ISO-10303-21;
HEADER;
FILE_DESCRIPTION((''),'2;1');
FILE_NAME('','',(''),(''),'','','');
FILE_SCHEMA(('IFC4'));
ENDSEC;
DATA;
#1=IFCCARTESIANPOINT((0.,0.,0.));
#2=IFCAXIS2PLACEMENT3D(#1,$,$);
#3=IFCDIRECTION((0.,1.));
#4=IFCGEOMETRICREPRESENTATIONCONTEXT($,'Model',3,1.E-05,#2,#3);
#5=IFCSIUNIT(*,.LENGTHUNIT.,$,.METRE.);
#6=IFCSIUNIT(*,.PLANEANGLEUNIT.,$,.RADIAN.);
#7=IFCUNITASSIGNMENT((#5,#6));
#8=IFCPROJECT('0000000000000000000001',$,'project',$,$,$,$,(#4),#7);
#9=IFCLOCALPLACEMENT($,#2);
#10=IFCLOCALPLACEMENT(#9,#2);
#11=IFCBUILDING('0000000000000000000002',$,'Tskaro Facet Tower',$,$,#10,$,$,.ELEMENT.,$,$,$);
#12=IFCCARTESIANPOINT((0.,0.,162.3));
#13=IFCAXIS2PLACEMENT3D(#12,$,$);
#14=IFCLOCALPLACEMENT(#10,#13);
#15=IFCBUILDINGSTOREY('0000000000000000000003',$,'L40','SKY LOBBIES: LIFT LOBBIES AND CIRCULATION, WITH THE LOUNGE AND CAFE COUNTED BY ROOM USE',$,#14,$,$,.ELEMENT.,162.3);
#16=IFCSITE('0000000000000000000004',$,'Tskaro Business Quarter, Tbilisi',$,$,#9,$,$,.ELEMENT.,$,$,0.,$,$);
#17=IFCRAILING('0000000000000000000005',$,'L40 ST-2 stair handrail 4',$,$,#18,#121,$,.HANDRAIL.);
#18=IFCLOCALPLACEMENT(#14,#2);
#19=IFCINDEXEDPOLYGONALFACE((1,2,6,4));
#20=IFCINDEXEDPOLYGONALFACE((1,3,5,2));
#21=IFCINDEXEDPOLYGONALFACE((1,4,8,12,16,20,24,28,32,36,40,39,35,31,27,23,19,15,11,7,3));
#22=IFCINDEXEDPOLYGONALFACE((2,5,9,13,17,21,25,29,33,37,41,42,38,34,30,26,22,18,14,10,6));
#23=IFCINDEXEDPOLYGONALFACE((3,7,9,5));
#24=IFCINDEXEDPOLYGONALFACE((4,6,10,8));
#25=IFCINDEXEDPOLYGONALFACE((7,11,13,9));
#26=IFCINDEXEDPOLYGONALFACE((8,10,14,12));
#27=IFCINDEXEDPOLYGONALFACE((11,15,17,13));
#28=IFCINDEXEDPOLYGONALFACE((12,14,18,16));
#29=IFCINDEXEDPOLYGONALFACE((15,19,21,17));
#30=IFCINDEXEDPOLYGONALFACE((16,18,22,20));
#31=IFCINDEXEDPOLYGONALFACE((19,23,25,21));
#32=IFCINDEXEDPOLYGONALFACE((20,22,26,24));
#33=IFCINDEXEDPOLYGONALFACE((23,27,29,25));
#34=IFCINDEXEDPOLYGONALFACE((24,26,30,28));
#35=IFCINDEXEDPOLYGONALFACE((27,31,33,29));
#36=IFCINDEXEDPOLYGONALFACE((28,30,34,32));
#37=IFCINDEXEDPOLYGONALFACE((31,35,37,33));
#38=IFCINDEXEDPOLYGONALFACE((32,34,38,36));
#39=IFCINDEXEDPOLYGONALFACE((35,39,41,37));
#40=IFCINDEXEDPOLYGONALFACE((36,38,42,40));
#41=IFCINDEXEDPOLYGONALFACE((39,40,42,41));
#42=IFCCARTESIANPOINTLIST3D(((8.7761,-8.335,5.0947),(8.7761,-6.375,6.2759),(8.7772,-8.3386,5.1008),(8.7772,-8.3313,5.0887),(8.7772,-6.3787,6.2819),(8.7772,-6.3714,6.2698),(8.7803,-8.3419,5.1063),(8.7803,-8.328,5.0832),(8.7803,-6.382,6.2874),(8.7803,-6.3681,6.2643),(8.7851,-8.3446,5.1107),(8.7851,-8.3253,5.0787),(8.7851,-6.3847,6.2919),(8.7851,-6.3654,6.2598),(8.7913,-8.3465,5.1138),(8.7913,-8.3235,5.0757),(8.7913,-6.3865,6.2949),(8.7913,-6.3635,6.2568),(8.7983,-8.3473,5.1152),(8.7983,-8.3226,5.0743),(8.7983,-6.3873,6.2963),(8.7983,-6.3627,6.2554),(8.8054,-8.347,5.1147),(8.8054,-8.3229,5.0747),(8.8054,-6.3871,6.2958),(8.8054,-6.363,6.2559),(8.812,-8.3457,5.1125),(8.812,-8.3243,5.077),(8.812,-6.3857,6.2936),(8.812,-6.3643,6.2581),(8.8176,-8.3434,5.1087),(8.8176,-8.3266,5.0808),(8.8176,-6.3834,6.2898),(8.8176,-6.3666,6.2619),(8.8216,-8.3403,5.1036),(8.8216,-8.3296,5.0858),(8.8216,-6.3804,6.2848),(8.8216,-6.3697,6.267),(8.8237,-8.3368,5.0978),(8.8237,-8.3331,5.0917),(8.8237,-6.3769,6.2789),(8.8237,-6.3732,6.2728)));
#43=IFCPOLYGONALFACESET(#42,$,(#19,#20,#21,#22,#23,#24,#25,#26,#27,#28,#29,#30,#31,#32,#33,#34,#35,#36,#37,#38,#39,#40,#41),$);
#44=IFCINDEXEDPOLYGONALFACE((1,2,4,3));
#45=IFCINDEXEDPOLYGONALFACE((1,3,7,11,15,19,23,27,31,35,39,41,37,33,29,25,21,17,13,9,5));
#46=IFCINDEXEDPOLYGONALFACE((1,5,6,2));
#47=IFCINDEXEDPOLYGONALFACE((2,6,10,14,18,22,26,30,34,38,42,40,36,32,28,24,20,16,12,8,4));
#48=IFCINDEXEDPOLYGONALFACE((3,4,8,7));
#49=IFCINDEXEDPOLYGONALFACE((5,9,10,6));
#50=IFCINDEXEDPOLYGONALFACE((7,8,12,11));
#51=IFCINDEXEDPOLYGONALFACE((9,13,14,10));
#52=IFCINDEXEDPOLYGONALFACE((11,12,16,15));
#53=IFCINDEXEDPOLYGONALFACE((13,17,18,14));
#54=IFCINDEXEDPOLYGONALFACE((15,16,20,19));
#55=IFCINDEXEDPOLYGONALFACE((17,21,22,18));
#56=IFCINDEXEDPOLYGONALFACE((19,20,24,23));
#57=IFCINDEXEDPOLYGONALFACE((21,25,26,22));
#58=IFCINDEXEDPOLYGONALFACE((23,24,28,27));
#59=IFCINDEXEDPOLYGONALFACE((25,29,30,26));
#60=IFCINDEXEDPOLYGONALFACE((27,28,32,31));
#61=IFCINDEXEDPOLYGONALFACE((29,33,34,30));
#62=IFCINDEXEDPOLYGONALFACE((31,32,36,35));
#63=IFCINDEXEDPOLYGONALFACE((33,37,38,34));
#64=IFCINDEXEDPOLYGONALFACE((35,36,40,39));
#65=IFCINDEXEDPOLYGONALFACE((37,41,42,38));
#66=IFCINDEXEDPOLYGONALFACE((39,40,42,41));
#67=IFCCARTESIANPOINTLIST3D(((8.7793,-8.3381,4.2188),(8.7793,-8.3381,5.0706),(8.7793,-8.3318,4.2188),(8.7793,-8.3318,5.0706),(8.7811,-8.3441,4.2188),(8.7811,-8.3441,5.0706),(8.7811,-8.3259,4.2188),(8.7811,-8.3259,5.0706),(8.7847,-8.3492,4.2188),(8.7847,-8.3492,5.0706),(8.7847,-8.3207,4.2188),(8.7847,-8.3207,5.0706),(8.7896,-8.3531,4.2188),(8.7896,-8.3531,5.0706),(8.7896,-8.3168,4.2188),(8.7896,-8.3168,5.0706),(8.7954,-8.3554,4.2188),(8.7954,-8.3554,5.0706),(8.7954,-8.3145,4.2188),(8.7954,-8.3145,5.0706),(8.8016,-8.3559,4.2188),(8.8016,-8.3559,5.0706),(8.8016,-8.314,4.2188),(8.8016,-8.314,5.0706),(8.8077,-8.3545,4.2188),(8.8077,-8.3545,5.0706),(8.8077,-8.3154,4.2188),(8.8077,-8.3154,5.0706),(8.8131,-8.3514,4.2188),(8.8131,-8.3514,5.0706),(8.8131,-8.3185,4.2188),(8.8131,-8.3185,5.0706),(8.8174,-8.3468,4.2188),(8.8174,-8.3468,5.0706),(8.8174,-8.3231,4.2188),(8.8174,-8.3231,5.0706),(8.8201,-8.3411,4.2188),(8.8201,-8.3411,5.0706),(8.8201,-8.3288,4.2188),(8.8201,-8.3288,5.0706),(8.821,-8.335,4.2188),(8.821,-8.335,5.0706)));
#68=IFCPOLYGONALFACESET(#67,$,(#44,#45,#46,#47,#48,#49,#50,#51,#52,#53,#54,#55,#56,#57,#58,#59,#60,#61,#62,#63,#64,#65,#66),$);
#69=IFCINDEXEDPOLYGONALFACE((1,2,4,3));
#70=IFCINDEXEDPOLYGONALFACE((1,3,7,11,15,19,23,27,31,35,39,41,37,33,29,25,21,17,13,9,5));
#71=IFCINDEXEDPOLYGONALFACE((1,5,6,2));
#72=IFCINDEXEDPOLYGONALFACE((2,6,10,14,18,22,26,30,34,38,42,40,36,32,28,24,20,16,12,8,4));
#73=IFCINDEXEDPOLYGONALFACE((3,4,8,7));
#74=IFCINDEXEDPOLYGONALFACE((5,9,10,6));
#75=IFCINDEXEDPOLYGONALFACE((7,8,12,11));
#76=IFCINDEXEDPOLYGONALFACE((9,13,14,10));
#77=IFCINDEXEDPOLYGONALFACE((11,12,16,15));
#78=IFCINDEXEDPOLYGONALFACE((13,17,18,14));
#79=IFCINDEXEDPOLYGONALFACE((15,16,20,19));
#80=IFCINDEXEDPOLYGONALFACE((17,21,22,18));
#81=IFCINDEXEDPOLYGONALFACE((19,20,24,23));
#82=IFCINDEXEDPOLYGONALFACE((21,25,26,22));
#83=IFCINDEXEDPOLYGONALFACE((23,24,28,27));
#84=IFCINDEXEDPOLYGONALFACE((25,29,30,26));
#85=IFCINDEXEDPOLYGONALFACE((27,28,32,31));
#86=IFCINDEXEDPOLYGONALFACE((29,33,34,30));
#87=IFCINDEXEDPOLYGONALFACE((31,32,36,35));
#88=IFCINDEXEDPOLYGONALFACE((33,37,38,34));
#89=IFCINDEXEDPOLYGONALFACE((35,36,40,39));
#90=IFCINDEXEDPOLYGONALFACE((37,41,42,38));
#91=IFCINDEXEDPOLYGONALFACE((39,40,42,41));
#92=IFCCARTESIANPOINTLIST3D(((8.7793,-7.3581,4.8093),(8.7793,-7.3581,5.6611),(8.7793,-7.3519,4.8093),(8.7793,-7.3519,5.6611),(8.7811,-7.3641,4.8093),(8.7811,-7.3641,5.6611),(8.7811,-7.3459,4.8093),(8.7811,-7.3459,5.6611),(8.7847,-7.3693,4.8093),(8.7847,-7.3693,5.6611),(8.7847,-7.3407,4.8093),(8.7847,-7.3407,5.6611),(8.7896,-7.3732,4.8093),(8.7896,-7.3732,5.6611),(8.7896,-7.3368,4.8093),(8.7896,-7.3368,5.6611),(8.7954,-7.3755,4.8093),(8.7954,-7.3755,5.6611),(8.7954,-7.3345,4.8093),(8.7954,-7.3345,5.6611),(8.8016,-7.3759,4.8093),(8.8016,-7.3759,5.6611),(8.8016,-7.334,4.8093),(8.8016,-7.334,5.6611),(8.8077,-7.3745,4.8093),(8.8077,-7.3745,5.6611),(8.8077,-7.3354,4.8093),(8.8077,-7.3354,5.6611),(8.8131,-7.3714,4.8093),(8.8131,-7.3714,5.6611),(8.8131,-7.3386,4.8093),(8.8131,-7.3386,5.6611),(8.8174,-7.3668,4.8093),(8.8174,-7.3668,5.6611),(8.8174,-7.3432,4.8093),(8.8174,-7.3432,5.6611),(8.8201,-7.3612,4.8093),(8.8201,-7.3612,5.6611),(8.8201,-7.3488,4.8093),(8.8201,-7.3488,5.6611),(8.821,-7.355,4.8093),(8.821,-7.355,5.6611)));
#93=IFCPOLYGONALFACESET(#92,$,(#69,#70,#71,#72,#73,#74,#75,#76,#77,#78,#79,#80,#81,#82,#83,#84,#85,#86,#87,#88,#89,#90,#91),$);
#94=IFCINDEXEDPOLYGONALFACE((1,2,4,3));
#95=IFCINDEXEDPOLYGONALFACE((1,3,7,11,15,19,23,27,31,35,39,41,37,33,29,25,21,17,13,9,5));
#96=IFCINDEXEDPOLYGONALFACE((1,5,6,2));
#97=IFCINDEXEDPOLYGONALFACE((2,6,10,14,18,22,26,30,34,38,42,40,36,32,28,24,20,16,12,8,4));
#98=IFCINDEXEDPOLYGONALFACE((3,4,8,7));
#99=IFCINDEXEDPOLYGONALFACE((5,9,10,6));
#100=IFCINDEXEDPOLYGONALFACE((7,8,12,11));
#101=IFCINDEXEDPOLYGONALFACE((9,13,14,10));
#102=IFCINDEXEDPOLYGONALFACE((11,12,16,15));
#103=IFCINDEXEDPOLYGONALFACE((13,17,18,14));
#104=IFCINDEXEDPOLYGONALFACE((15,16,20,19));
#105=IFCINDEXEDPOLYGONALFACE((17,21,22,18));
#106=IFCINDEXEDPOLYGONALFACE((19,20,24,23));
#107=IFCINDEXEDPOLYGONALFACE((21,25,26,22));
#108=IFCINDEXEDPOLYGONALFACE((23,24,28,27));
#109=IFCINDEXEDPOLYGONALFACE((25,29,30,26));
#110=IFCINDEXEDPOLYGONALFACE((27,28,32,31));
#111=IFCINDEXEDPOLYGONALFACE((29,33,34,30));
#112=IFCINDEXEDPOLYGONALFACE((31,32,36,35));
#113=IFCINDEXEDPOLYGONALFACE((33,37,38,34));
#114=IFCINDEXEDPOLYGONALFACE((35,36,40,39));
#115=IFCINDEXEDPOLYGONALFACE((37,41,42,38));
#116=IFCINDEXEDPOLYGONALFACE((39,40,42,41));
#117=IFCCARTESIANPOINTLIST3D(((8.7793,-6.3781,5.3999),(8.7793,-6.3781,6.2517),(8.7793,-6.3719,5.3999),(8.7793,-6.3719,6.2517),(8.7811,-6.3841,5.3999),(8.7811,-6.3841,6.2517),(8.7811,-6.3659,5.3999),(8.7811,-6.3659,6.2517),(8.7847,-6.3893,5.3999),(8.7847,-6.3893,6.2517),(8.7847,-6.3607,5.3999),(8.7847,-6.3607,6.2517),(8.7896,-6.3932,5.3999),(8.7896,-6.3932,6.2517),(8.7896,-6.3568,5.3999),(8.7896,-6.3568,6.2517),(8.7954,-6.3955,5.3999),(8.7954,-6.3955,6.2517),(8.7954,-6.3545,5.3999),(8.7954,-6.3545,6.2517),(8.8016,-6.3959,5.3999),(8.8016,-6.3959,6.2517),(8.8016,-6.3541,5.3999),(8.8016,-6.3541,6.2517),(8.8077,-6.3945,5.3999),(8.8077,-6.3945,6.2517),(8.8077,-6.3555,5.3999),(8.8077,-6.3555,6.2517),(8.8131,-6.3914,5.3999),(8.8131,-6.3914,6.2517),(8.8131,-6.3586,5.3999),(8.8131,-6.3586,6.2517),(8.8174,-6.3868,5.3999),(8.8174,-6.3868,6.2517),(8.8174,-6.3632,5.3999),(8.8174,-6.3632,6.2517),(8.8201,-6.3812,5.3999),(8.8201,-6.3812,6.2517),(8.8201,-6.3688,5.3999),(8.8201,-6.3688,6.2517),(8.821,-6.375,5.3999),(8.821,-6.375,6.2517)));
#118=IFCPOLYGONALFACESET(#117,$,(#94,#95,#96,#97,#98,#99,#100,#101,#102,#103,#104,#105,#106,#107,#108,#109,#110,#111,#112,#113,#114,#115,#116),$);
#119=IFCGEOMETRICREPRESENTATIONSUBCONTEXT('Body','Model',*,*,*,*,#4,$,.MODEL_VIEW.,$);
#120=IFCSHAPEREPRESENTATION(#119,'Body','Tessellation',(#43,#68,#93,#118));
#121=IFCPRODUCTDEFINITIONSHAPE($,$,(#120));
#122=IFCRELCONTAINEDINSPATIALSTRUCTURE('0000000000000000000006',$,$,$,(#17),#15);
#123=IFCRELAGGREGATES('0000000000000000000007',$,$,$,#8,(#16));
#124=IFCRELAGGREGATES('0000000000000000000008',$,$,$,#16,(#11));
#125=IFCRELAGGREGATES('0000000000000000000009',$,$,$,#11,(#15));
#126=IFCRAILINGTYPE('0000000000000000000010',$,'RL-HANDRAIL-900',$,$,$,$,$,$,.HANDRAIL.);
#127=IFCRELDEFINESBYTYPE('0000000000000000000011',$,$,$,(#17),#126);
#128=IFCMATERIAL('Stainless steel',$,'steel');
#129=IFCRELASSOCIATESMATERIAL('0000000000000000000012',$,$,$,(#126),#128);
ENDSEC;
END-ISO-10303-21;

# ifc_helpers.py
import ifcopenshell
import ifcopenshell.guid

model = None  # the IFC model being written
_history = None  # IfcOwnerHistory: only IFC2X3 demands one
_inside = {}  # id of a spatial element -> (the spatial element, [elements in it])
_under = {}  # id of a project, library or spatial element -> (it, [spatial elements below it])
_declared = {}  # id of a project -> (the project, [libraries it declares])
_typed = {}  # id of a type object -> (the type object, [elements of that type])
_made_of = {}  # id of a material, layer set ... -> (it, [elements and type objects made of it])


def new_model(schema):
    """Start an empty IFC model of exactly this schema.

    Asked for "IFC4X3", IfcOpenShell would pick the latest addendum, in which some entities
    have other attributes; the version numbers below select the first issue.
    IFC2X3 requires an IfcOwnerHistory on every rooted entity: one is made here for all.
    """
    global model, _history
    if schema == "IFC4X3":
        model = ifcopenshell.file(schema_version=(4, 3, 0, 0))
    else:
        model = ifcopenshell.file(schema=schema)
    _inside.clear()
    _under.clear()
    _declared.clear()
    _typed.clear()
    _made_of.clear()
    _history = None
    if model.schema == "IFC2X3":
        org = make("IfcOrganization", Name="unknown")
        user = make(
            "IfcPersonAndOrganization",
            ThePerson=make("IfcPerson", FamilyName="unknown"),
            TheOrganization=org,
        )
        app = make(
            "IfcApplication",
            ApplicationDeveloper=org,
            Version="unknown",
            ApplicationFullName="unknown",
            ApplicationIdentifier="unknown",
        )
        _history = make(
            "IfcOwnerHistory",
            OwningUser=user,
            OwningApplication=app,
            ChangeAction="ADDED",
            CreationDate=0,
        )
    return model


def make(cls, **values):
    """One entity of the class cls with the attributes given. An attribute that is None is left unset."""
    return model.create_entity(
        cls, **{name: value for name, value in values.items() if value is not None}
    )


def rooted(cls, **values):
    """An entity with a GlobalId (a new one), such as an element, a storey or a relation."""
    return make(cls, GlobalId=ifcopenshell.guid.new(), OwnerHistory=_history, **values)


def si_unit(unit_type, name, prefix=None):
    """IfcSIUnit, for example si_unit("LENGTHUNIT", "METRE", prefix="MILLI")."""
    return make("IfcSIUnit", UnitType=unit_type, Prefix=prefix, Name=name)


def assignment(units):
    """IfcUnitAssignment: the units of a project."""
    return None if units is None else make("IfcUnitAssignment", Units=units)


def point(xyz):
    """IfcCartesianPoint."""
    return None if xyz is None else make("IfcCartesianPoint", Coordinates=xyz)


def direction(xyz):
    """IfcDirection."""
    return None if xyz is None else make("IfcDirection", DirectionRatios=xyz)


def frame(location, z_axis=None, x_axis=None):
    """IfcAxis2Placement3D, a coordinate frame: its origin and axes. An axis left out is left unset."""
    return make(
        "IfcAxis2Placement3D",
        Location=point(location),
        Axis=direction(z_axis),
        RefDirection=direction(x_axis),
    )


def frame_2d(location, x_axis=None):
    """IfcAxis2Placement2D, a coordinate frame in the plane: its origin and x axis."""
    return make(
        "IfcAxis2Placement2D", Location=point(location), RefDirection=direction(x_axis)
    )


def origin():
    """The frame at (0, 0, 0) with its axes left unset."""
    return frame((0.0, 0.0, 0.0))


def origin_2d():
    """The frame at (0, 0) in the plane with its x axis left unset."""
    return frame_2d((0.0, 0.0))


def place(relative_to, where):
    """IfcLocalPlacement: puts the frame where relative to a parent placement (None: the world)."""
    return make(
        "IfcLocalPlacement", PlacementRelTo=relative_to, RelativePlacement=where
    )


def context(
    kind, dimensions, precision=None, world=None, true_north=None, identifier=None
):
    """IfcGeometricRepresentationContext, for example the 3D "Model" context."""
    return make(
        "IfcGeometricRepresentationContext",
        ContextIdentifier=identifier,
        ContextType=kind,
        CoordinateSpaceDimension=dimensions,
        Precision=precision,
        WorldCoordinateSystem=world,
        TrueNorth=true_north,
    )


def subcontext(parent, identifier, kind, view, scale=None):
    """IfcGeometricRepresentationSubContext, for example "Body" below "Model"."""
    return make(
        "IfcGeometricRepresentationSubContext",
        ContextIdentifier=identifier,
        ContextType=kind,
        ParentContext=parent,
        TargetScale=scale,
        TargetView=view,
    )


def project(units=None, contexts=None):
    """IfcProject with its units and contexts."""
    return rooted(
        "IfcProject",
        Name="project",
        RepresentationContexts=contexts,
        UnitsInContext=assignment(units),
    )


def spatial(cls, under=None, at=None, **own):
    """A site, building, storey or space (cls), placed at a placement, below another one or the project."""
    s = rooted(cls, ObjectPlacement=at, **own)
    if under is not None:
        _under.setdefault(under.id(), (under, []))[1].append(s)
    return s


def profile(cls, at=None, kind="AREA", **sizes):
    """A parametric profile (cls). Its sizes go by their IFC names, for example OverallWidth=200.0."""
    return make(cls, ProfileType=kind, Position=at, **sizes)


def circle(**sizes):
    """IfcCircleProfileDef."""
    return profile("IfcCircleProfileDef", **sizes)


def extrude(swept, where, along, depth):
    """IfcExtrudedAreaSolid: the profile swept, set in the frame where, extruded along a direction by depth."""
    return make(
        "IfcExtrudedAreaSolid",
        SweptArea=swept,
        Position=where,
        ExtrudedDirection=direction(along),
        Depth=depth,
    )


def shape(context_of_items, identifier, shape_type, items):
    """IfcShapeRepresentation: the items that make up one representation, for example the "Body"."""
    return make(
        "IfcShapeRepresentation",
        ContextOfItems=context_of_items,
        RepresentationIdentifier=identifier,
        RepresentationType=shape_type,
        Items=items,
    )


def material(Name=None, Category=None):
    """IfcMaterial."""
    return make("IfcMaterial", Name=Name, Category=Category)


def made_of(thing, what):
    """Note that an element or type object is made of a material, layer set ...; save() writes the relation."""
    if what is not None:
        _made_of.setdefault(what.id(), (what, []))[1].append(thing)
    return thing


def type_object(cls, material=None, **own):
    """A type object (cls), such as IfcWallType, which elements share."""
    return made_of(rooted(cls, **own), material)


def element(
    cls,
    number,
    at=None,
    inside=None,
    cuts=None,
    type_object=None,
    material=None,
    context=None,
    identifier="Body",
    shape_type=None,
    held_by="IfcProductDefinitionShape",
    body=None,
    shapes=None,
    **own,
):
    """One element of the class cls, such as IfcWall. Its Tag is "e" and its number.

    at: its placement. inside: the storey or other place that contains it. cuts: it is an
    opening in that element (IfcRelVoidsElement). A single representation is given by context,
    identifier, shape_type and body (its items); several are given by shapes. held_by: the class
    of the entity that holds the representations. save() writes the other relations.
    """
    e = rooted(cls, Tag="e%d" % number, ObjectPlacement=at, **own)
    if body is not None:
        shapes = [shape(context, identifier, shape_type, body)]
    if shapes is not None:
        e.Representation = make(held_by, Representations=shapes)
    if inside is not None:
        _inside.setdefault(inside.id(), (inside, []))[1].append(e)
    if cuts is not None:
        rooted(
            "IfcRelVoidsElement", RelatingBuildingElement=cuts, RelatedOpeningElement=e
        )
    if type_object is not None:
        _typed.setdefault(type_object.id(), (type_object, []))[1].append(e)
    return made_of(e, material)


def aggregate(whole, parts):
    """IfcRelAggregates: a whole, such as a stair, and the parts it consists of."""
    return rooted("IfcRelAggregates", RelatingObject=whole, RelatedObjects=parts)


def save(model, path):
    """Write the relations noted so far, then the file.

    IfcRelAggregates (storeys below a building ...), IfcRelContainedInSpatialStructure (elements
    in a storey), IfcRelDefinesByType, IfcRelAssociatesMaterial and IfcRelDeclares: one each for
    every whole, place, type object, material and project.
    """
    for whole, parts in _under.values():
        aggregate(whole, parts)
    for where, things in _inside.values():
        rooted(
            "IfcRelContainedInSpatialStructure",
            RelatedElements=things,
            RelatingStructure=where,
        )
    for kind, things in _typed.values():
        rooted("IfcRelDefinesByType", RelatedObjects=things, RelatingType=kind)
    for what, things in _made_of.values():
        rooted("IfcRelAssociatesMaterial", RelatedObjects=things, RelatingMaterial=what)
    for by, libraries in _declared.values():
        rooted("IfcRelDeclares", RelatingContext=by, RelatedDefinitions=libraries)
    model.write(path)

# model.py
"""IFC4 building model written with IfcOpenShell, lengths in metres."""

from ifc_helpers import new_model, si_unit, direction, frame, origin, origin_2d, place, context, subcontext, project, spatial, circle, extrude, material, type_object, element, save


model = new_model("IFC4")

# Units and contexts
model_context = context("Model", 3, precision=1e-05, world=origin(), true_north=direction((0.0, 1.0)))
body_context = subcontext(model_context, "Body", "Model", "MODEL_VIEW")
ifc_project = project(units=[si_unit("LENGTHUNIT", "METRE"), si_unit("PLANEANGLEUNIT", "RADIAN")], contexts=[model_context])

# Site, building, storey
site_placement = place(None, origin())
site = spatial("IfcSite", under=ifc_project, at=site_placement, Name="Tskaro Business Quarter, Tbilisi", CompositionType="ELEMENT", RefElevation=0.0)
building_placement = place(site_placement, origin())
building = spatial("IfcBuilding", under=site, at=building_placement, Name="Tskaro Facet Tower", CompositionType="ELEMENT")
storey_placement = place(building_placement, frame((0.0, 0.0, 162.3)))
storey = spatial("IfcBuildingStorey", under=building, at=storey_placement, Name="L40", Description="SKY LOBBIES: LIFT LOBBIES AND CIRCULATION, WITH THE LOUNGE AND CAFE COUNTED BY ROOM USE", CompositionType="ELEMENT", Elevation=162.3)

# Shared definitions
ifc_material_1 = material(Name="Stainless steel", Category="steel")

# Railing
railing_type_1 = type_object("IfcRailingType", Name="RL-HANDRAIL-900", PredefinedType="HANDRAIL", material=ifc_material_1)
railing_1_placement = place(storey_placement, frame((8.8, -8.335, 4.2188)))
element("IfcRailing", 1, at=railing_1_placement, inside=storey, type_object=railing_type_1, Name="L40 ST-2 stair handrail 4", PredefinedType="HANDRAIL", context=body_context, shape_type="SweptSolid", body=[
    extrude(circle(Radius=0.0239, at=origin_2d()), frame((0.0, 0.0, 0.876), z_axis=(0.0, 0.856493, 0.516158), x_axis=(-1.0, 0.0, 0.0)), (0.0, 0.0, 1.0), 2.2883),
    extrude(circle(Radius=0.021, at=origin_2d()), origin(), (0.0, 0.0, 1.0), 0.8518),
    extrude(circle(Radius=0.021, at=origin_2d()), frame((0.0, 0.98, 0.5906)), (0.0, 0.0, 1.0), 0.8518),
    extrude(circle(Radius=0.021, at=origin_2d()), frame((0.0, 1.96, 1.1812)), (0.0, 0.0, 1.0), 0.8518),
])

save(model, "model.ifc")
